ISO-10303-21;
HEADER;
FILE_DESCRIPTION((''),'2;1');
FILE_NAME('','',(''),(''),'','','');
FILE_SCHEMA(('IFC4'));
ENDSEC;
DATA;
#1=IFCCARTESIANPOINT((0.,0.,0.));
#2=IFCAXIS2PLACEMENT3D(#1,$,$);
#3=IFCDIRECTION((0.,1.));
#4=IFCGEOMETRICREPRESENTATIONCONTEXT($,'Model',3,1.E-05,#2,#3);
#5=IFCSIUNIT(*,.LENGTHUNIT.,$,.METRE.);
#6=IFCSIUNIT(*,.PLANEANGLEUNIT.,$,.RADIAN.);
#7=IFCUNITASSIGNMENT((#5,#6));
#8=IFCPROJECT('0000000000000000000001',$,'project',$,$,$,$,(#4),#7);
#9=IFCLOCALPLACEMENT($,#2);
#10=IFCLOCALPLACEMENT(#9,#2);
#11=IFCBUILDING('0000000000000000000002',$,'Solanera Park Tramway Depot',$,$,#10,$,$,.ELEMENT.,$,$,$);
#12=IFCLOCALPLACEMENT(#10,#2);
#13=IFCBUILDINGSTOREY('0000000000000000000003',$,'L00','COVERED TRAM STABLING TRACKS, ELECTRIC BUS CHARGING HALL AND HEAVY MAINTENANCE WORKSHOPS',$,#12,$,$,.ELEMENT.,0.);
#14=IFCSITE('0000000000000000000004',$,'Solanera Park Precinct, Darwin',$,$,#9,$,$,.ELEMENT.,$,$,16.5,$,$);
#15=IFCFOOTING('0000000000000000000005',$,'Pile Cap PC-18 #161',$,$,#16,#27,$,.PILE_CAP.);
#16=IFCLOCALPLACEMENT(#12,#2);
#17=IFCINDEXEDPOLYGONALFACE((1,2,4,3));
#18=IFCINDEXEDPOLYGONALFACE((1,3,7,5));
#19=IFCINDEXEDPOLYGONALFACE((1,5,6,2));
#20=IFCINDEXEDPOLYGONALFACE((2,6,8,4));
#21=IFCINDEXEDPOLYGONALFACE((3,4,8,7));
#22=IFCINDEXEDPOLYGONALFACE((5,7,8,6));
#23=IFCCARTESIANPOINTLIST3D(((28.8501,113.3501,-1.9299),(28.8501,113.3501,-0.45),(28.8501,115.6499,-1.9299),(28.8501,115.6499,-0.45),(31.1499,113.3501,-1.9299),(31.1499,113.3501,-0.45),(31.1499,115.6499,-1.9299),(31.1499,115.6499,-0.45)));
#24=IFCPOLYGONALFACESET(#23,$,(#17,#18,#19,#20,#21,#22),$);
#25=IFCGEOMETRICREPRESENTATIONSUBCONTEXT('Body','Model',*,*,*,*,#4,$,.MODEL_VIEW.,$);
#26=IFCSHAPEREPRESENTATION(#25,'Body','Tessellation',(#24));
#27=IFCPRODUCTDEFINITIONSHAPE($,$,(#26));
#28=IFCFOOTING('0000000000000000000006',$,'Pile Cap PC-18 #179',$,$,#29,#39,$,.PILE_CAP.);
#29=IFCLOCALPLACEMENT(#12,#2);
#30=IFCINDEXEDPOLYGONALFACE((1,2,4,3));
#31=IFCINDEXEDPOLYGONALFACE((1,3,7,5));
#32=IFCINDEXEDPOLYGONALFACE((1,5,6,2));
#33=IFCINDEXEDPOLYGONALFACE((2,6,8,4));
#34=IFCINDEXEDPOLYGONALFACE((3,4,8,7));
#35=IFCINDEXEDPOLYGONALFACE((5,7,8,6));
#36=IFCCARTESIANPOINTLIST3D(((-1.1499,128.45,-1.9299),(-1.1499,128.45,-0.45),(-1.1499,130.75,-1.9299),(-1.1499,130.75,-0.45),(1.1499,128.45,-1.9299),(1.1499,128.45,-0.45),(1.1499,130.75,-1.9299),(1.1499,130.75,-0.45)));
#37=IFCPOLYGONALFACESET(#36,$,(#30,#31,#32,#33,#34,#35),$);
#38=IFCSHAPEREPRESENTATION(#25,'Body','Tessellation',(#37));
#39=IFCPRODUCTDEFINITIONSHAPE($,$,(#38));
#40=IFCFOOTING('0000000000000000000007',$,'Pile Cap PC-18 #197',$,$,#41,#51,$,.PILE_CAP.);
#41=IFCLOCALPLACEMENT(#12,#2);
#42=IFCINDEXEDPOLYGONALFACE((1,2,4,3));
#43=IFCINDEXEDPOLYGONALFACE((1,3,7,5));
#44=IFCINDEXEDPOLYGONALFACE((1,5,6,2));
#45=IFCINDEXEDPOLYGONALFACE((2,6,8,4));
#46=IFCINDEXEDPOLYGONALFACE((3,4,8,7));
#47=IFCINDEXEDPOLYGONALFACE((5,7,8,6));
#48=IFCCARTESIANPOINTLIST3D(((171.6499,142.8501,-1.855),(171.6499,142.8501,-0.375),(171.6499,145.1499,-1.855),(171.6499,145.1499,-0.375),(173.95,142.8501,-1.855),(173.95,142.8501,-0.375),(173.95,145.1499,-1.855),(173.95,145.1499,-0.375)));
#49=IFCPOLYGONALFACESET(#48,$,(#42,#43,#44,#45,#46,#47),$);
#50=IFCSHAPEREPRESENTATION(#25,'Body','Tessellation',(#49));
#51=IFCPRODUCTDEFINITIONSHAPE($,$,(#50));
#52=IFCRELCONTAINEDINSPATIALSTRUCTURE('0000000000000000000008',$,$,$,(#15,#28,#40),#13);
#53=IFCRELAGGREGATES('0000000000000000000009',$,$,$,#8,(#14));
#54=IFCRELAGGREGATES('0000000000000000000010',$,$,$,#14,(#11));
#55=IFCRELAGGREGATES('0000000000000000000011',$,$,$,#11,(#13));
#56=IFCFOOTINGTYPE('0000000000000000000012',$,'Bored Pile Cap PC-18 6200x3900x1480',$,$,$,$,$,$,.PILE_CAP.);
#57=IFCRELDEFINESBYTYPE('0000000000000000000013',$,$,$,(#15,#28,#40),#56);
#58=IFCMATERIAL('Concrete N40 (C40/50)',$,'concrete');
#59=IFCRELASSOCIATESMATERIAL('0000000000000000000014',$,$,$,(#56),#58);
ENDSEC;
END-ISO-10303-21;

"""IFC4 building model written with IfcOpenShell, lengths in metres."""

from ifc_helpers import new_model, si_unit, direction, frame, origin, place, context, subcontext, project, spatial, polyline, outline, extrude, material, type_object, element, save


model = new_model("IFC4")

# Units and contexts
model_context = context("Model", 3, precision=1e-05, world=origin(), true_north=direction((0.0, 1.0)))
body_context = subcontext(model_context, "Body", "Model", "MODEL_VIEW")
ifc_project = project(units=[si_unit("LENGTHUNIT", "METRE"), si_unit("PLANEANGLEUNIT", "RADIAN")], contexts=[model_context])

# Site, building, storey
site_placement = place(None, origin())
site = spatial("IfcSite", under=ifc_project, at=site_placement, Name="Solanera Park Precinct, Darwin", CompositionType="ELEMENT", RefElevation=16.5)
building_placement = place(site_placement, origin())
building = spatial("IfcBuilding", under=site, at=building_placement, Name="Solanera Park Tramway Depot", CompositionType="ELEMENT")
storey_placement = place(building_placement, origin())
storey = spatial("IfcBuildingStorey", under=building, at=storey_placement, Name="L00", Description="COVERED TRAM STABLING TRACKS, ELECTRIC BUS CHARGING HALL AND HEAVY MAINTENANCE WORKSHOPS", CompositionType="ELEMENT", Elevation=0.0)

# Footings
ifc_material_1 = material(Name="Concrete N40 (C40/50)", Category="concrete")
footing_type_1 = type_object("IfcFootingType", Name="Bored Pile Cap PC-18 6200x3900x1480", PredefinedType="PILE_CAP", material=ifc_material_1)
footing_1_placement = place(storey_placement, frame((0.0, 0.0, -1.9299)))
element("IfcFooting", 1, at=footing_1_placement, inside=storey, type_object=footing_type_1, Name="Pile Cap PC-18 #161", PredefinedType="PILE_CAP", context=body_context, shape_type="SweptSolid", body=[
    extrude(outline(polyline([(31.1499, 113.3501), (31.1499, 115.6499), (28.8501, 115.6499), (28.8501, 113.3501), (31.1499, 113.3501)])), origin(), (0.0, 0.0, 1.0), 1.48),
])
footing_2_placement = place(storey_placement, frame((0.0, 0.0, -1.9299)))
element("IfcFooting", 2, at=footing_2_placement, inside=storey, type_object=footing_type_1, Name="Pile Cap PC-18 #179", PredefinedType="PILE_CAP", context=body_context, shape_type="SweptSolid", body=[
    extrude(outline(polyline([(1.1499, 128.45), (1.1499, 130.75), (-1.1499, 130.75), (-1.1499, 128.45), (1.1499, 128.45)])), origin(), (0.0, 0.0, 1.0), 1.48),
])
footing_3_placement = place(storey_placement, frame((0.0, 0.0, -1.855)))
element("IfcFooting", 3, at=footing_3_placement, inside=storey, type_object=footing_type_1, Name="Pile Cap PC-18 #197", PredefinedType="PILE_CAP", context=body_context, shape_type="SweptSolid", body=[
    extrude(outline(polyline([(173.95, 142.8501), (173.95, 145.1499), (171.6499, 145.1499), (171.6499, 142.8501), (173.95, 142.8501)])), origin(), (0.0, 0.0, 1.0), 1.48),
])

save(model, "model.ifc")
